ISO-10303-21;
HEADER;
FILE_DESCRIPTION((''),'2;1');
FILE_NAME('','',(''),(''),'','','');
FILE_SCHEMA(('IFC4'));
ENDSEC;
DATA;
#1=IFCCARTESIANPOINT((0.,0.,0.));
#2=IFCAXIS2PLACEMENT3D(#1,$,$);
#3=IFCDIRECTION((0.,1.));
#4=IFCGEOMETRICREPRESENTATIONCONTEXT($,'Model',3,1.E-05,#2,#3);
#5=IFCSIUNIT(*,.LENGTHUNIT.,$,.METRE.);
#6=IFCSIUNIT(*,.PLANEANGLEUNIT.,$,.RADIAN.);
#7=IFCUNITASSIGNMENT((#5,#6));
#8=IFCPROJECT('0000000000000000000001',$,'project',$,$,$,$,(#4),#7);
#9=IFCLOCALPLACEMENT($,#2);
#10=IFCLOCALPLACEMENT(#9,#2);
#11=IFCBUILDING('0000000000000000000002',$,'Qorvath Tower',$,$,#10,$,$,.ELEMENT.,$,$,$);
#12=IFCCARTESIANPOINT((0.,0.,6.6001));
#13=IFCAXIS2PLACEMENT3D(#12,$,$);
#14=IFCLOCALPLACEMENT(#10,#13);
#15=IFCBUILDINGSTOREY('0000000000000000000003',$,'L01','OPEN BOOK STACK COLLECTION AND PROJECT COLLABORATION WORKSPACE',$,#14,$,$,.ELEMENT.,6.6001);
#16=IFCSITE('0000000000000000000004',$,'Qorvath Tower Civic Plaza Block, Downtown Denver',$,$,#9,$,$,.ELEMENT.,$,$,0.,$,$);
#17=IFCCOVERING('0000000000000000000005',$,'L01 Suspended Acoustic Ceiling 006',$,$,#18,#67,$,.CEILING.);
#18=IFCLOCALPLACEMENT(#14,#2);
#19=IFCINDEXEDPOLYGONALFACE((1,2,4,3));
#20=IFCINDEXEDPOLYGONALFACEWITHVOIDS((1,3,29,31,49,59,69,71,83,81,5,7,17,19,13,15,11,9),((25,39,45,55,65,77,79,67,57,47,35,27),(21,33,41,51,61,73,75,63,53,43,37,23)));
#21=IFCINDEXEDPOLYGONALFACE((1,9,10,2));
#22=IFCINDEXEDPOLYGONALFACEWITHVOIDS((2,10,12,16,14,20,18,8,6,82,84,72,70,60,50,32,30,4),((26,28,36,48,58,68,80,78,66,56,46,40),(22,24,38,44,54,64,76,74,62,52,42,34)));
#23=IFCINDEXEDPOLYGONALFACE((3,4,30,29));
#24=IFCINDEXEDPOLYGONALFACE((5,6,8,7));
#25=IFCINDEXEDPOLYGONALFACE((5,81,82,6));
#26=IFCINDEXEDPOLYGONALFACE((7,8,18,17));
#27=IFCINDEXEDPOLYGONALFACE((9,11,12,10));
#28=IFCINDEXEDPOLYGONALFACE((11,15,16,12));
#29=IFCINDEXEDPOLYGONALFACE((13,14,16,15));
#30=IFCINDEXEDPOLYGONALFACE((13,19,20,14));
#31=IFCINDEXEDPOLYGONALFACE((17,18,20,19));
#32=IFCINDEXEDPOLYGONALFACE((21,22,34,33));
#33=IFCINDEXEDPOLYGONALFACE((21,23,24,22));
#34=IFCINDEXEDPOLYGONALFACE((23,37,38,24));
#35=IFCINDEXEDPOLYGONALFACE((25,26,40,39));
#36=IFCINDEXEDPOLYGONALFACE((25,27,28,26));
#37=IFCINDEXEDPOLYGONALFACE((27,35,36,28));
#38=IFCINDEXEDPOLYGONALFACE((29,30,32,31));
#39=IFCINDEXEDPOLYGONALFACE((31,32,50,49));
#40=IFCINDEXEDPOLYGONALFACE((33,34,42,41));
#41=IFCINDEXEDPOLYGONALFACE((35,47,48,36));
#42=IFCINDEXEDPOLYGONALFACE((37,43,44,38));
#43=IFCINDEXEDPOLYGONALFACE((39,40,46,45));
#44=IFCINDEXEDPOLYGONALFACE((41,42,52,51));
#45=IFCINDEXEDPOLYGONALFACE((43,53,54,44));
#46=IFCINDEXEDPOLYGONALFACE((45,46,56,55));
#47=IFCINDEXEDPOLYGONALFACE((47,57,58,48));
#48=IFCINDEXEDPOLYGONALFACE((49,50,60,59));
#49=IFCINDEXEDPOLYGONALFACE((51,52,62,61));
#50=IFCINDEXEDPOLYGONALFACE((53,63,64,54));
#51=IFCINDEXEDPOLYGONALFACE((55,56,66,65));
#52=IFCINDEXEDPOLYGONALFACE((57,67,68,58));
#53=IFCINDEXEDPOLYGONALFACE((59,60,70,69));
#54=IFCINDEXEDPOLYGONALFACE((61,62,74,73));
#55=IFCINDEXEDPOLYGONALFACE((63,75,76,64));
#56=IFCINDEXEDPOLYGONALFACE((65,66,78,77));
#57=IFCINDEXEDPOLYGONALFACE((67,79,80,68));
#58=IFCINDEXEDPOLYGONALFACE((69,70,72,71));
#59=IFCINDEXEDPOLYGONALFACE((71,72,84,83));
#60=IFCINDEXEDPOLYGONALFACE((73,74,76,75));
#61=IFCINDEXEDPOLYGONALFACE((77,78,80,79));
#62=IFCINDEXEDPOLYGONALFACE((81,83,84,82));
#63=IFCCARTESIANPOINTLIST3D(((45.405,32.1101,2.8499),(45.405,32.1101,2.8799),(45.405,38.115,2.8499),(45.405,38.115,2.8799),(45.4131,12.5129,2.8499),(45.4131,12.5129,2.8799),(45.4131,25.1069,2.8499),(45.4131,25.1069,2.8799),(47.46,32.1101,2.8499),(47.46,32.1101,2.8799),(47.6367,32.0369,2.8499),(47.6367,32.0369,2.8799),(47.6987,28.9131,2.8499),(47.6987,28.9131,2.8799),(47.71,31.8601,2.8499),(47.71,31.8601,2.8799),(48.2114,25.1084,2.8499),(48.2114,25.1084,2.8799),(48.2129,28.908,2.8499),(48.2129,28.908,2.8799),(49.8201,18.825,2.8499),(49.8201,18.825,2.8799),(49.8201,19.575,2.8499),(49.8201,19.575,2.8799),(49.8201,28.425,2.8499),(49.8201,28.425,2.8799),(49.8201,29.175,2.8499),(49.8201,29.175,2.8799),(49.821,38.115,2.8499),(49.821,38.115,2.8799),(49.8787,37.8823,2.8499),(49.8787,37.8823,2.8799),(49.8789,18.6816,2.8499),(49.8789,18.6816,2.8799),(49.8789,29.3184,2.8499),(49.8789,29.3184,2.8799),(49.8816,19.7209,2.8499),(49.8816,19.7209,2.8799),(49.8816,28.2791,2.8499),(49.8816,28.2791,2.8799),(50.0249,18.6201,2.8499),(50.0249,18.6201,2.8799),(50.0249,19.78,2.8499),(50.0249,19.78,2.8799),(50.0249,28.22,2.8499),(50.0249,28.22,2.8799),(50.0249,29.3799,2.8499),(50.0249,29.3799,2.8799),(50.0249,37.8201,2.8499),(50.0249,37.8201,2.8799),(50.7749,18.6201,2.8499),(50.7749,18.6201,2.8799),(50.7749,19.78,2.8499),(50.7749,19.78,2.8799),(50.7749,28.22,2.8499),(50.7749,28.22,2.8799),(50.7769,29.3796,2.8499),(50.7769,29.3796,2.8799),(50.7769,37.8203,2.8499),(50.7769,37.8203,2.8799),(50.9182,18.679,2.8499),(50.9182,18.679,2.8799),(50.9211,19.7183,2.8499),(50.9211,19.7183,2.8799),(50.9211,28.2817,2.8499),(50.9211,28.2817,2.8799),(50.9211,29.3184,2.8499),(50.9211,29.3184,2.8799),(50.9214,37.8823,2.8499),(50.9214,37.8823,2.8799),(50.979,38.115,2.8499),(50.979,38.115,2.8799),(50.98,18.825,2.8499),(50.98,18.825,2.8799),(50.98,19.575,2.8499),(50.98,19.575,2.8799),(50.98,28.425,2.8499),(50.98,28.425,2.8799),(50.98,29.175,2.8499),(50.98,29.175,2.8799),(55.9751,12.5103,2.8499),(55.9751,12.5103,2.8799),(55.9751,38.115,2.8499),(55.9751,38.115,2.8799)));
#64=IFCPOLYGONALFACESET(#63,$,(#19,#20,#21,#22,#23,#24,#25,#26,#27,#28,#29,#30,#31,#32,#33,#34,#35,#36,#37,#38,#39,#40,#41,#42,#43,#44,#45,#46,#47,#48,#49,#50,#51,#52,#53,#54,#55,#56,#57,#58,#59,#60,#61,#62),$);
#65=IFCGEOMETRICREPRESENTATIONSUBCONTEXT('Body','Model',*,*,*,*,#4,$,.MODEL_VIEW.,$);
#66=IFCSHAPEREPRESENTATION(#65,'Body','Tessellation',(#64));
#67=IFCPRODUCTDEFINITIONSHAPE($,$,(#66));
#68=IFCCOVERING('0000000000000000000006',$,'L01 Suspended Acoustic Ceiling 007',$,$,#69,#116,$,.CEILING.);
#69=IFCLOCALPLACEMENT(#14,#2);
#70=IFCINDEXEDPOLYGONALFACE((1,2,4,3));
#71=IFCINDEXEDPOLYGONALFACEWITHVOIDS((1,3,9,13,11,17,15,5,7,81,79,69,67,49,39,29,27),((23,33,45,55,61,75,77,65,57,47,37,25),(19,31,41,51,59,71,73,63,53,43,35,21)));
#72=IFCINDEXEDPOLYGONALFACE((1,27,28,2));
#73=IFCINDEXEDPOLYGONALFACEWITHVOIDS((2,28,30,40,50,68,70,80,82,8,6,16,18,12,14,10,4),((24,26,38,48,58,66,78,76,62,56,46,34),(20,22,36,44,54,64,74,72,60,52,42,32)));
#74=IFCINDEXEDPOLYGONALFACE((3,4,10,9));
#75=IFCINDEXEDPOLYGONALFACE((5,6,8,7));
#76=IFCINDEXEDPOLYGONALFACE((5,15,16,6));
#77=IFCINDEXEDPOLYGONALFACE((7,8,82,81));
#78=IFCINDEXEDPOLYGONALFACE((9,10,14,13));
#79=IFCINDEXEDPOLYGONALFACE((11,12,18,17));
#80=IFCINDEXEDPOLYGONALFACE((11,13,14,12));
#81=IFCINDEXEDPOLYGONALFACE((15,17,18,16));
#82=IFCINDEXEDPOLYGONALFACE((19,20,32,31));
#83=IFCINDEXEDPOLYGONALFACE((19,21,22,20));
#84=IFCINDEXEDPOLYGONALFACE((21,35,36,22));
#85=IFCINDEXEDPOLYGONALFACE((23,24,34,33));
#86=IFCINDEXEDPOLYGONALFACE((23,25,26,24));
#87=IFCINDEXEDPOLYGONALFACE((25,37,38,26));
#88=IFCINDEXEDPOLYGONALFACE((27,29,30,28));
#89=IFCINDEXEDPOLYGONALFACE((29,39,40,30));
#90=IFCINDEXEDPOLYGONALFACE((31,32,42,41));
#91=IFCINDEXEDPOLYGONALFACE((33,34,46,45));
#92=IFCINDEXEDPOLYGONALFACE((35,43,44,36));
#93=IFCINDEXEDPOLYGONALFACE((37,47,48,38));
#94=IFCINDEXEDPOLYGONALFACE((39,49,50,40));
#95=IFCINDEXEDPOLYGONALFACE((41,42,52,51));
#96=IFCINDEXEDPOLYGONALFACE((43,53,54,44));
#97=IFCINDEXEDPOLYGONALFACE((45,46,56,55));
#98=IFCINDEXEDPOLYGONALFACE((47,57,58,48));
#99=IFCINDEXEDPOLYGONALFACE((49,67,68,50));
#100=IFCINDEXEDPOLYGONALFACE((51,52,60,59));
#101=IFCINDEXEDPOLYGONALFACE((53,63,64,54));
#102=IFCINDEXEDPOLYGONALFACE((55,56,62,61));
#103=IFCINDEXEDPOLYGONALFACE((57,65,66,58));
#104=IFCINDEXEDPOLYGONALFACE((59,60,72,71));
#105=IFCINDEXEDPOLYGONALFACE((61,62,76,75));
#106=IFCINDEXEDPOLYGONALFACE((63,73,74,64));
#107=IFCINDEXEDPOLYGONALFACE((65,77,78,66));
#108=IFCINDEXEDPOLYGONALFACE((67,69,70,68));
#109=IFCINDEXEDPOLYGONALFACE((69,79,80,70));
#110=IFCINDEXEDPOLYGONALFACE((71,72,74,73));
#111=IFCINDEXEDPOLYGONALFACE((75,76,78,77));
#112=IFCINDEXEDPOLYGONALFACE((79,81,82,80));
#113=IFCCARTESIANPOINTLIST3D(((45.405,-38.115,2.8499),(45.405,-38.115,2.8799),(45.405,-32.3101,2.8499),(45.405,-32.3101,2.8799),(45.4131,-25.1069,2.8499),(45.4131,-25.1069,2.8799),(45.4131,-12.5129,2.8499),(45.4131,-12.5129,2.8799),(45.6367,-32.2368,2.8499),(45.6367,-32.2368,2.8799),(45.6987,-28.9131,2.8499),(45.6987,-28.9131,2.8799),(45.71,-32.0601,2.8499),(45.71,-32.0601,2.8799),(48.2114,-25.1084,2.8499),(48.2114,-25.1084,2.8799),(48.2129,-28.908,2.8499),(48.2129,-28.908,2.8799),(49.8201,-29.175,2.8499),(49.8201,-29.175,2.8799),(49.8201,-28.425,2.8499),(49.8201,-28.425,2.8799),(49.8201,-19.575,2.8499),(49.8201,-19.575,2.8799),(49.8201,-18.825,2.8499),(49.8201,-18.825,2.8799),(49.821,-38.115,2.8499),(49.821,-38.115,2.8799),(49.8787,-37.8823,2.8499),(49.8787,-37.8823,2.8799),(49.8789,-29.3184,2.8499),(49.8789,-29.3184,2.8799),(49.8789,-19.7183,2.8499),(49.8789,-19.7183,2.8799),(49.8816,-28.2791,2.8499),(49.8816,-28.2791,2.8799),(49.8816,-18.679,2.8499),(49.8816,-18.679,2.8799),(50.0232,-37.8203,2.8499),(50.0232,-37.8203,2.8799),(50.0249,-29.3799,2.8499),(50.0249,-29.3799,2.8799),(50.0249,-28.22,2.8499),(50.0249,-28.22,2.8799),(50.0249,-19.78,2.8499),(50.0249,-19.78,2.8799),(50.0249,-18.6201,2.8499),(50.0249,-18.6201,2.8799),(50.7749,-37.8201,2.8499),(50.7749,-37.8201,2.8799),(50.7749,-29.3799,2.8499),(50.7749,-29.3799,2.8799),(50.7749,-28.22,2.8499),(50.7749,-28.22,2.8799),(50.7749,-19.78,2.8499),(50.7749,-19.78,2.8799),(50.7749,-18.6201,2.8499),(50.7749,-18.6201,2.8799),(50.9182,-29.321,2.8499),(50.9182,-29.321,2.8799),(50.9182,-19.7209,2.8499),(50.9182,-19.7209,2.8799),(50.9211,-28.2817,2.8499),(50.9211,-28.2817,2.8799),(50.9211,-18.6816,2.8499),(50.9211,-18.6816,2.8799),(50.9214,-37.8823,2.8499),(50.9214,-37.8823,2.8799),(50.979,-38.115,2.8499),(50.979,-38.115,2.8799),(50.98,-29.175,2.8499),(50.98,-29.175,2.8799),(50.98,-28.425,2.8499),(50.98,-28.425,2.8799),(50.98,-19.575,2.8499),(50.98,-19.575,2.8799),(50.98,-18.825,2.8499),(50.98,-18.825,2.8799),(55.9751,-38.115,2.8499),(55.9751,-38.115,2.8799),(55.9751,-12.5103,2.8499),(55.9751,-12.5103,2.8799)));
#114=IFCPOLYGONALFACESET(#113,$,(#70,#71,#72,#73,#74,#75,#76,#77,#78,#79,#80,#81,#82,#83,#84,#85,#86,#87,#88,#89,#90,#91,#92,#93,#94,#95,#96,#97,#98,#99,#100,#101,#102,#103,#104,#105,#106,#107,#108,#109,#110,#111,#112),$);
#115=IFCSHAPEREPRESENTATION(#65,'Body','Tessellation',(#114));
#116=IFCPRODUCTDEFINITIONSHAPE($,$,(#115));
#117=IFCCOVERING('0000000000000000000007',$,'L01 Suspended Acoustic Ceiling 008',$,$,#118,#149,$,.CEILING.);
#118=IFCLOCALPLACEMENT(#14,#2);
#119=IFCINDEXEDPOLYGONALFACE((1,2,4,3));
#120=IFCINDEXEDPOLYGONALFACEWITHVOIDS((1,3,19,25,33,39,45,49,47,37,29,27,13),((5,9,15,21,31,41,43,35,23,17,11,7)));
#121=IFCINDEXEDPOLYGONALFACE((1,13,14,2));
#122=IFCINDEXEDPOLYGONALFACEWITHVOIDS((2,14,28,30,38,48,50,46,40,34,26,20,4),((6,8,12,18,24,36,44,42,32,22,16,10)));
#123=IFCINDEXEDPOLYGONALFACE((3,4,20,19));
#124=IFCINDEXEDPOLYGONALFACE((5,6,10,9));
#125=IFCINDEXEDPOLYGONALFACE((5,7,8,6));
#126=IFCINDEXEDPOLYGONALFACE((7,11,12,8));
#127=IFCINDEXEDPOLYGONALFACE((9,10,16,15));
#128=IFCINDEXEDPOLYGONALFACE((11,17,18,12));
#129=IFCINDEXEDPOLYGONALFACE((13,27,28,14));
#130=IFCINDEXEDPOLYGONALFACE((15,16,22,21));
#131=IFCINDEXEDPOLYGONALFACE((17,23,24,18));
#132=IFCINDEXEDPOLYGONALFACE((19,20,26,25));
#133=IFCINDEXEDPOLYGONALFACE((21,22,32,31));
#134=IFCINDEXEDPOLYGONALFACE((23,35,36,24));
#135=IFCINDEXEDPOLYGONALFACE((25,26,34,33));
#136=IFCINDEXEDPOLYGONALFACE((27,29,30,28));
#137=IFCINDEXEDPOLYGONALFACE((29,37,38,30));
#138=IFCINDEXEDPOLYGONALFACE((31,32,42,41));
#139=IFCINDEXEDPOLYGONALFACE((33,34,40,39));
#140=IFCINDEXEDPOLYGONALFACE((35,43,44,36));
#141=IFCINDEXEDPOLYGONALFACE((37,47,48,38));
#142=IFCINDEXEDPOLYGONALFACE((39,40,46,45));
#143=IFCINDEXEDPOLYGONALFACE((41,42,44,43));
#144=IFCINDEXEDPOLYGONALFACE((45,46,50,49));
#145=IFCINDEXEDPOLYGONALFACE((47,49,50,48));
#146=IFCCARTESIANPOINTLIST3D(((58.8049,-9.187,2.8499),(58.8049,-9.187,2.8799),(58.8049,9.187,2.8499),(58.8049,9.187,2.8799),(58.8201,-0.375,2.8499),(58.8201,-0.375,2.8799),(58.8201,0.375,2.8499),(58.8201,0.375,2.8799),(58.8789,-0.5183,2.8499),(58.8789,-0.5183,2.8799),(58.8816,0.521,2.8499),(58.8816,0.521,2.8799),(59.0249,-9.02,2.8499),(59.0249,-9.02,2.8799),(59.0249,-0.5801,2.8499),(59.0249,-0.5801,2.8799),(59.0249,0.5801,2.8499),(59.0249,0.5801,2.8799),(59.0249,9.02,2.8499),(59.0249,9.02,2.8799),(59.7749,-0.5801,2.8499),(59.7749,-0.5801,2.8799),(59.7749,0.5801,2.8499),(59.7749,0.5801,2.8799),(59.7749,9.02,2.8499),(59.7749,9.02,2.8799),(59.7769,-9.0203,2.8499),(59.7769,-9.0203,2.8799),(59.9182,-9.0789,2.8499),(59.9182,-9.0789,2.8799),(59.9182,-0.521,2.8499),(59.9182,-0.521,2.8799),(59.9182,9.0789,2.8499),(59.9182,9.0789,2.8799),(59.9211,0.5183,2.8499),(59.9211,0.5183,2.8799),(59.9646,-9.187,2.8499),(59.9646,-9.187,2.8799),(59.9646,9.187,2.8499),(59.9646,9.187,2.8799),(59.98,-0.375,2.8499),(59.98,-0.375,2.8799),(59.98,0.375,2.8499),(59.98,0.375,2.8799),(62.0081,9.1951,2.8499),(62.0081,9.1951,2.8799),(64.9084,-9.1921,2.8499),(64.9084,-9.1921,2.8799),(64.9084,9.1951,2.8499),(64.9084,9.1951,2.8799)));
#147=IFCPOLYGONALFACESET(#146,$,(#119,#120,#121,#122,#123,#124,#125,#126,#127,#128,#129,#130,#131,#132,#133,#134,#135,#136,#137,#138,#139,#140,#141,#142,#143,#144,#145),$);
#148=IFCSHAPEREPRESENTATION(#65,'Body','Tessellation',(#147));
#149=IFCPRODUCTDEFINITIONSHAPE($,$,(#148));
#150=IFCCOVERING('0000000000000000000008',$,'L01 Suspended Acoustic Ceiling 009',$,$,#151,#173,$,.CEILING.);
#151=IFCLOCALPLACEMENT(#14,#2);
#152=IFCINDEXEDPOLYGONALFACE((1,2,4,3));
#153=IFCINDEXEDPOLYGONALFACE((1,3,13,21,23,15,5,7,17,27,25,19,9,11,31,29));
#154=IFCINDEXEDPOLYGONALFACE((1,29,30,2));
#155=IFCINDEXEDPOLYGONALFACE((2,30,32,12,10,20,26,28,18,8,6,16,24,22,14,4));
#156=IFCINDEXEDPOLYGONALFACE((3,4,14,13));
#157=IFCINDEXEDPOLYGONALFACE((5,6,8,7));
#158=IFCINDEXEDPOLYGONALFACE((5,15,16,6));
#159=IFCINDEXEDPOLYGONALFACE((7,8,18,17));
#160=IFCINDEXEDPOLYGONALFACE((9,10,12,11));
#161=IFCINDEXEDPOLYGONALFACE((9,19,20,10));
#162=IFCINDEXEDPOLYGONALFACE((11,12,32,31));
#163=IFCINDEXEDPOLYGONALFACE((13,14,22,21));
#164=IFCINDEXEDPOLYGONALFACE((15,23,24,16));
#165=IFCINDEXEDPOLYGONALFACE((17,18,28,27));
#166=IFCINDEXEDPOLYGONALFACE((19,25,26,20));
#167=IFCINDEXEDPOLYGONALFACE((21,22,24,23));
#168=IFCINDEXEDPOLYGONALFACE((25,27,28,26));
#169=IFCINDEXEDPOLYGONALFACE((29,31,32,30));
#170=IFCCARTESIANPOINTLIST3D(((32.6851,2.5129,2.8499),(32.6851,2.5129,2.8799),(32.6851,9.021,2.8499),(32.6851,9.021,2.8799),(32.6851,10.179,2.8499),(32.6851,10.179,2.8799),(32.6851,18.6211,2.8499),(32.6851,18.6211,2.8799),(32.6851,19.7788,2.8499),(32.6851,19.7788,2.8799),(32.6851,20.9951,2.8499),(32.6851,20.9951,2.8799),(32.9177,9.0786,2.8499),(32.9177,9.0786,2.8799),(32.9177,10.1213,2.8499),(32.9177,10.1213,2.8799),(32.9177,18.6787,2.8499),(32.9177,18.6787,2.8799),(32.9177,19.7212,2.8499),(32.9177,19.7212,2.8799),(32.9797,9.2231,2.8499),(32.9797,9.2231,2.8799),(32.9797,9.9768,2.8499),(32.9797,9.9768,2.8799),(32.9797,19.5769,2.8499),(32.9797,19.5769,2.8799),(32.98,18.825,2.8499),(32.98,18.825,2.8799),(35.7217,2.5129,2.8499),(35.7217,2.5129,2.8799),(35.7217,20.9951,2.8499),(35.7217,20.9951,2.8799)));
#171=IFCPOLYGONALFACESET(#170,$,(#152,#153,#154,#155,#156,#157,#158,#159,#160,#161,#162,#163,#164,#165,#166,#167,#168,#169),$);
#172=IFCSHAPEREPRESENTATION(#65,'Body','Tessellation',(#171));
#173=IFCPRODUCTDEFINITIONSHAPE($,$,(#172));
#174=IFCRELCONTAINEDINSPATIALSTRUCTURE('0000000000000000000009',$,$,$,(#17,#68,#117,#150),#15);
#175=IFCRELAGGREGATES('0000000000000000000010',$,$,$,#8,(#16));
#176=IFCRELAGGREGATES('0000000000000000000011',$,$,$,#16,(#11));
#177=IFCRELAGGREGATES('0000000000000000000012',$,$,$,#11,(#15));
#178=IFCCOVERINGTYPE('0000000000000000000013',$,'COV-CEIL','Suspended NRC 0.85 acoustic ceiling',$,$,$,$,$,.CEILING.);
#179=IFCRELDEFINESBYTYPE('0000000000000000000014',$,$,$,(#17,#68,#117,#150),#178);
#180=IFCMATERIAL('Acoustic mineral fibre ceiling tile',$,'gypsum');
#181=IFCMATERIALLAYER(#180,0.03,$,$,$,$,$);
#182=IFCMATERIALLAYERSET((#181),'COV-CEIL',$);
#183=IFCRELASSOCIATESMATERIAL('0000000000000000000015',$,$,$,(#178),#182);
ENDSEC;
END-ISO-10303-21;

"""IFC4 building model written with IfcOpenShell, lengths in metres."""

from ifc_helpers import new_model, si_unit, direction, frame, origin, place, context, subcontext, project, spatial, polyline, outline, extrude, material, layer, layer_set, type_object, element, save


model = new_model("IFC4")

# Units and contexts
model_context = context("Model", 3, precision=1e-05, world=origin(), true_north=direction((0.0, 1.0)))
body_context = subcontext(model_context, "Body", "Model", "MODEL_VIEW")
ifc_project = project(units=[si_unit("LENGTHUNIT", "METRE"), si_unit("PLANEANGLEUNIT", "RADIAN")], contexts=[model_context])

# Site, building, storey
site_placement = place(None, origin())
site = spatial("IfcSite", under=ifc_project, at=site_placement, Name="Qorvath Tower Civic Plaza Block, Downtown Denver", CompositionType="ELEMENT", RefElevation=0.0)
building_placement = place(site_placement, origin())
building = spatial("IfcBuilding", under=site, at=building_placement, Name="Qorvath Tower", CompositionType="ELEMENT")
storey_placement = place(building_placement, frame((0.0, 0.0, 6.6001)))
storey = spatial("IfcBuildingStorey", under=building, at=storey_placement, Name="L01", Description="OPEN BOOK STACK COLLECTION AND PROJECT COLLABORATION WORKSPACE", CompositionType="ELEMENT", Elevation=6.6001)

# Coverings
ifc_material_1 = material(Name="Acoustic mineral fibre ceiling tile", Category="gypsum")
ifc_layer_1 = layer(ifc_material_1, 0.03)
ifc_layer_set_1 = layer_set([ifc_layer_1], Name="COV-CEIL")
covering_type_1 = type_object("IfcCoveringType", Name="COV-CEIL", Description="Suspended NRC 0.85 acoustic ceiling", PredefinedType="CEILING", material=ifc_layer_set_1)
covering_1_placement = place(storey_placement, frame((0.0, 0.0, 2.8499)))
element("IfcCovering", 1, at=covering_1_placement, inside=storey, type_object=covering_type_1, Name="L01 Suspended Acoustic Ceiling 006", PredefinedType="CEILING", context=body_context, shape_type="SweptSolid", body=[
    extrude(outline(polyline([(45.405, 38.115), (45.405, 32.1101), (47.46, 32.1101), (47.6367, 32.0369), (47.71, 31.8601), (47.6987, 28.9131), (48.2129, 28.908), (48.2114, 25.1084), (45.4131, 25.1069), (45.4131, 12.5129), (55.9751, 12.5103), (55.9751, 38.115), (50.979, 38.115), (50.9214, 37.8823), (50.7769, 37.8203), (50.0249, 37.8201), (49.8787, 37.8823), (49.821, 38.115), (45.405, 38.115)]), holes=[polyline([(50.7769, 29.3796), (50.9211, 29.3184), (50.98, 29.175), (50.98, 28.425), (50.9211, 28.2817), (50.7749, 28.22), (50.0249, 28.22), (49.8816, 28.2791), (49.8201, 28.425), (49.8201, 29.175), (49.8789, 29.3184), (50.0249, 29.3799), (50.7769, 29.3796)]), polyline([(50.9211, 19.7183), (50.98, 19.575), (50.98, 18.825), (50.9182, 18.679), (50.7749, 18.6201), (50.0249, 18.6201), (49.8789, 18.6816), (49.8201, 18.825), (49.8201, 19.575), (49.8816, 19.7209), (50.0249, 19.78), (50.7749, 19.78), (50.9211, 19.7183)])]), origin(), (0.0, 0.0, 1.0), 0.03),
])
covering_2_placement = place(storey_placement, frame((0.0, 0.0, 2.8499)))
element("IfcCovering", 2, at=covering_2_placement, inside=storey, type_object=covering_type_1, Name="L01 Suspended Acoustic Ceiling 007", PredefinedType="CEILING", context=body_context, shape_type="SweptSolid", body=[
    extrude(outline(polyline([(55.9751, -38.115), (55.9751, -12.5103), (45.4131, -12.5129), (45.4131, -25.1069), (48.2114, -25.1084), (48.2129, -28.908), (45.6987, -28.9131), (45.71, -32.0601), (45.6367, -32.2368), (45.405, -32.3101), (45.405, -38.115), (49.821, -38.115), (49.8787, -37.8823), (50.0232, -37.8203), (50.7749, -37.8201), (50.9214, -37.8823), (50.979, -38.115), (55.9751, -38.115)]), holes=[polyline([(50.9211, -28.2817), (50.98, -28.425), (50.98, -29.175), (50.9182, -29.321), (50.7749, -29.3799), (50.0249, -29.3799), (49.8789, -29.3184), (49.8201, -29.175), (49.8201, -28.425), (49.8816, -28.2791), (50.0249, -28.22), (50.7749, -28.22), (50.9211, -28.2817)]), polyline([(50.9211, -18.6816), (50.98, -18.825), (50.98, -19.575), (50.9182, -19.7209), (50.7749, -19.78), (50.0249, -19.78), (49.8789, -19.7183), (49.8201, -19.575), (49.8201, -18.825), (49.8816, -18.679), (50.0249, -18.6201), (50.7749, -18.6201), (50.9211, -18.6816)])]), origin(), (0.0, 0.0, 1.0), 0.03),
])
covering_3_placement = place(storey_placement, frame((0.0, 0.0, 2.8499)))
element("IfcCovering", 3, at=covering_3_placement, inside=storey, type_object=covering_type_1, Name="L01 Suspended Acoustic Ceiling 008", PredefinedType="CEILING", context=body_context, shape_type="SweptSolid", body=[
    extrude(outline(polyline([(59.7769, -9.0203), (59.9182, -9.0789), (59.9646, -9.187), (64.9084, -9.1921), (64.9084, 9.1951), (62.0081, 9.1951), (59.9646, 9.187), (59.9182, 9.0789), (59.7749, 9.02), (59.0249, 9.02), (58.8049, 9.187), (58.8049, -9.187), (59.0249, -9.02), (59.7769, -9.0203)]), holes=[polyline([(59.9211, 0.5183), (59.98, 0.375), (59.98, -0.375), (59.9182, -0.521), (59.7749, -0.5801), (59.0249, -0.5801), (58.8789, -0.5183), (58.8201, -0.375), (58.8201, 0.375), (58.8816, 0.521), (59.0249, 0.5801), (59.7749, 0.5801), (59.9211, 0.5183)])]), origin(), (0.0, 0.0, 1.0), 0.03),
])
covering_4_placement = place(storey_placement, frame((0.0, 0.0, 2.8499)))
element("IfcCovering", 4, at=covering_4_placement, inside=storey, type_object=covering_type_1, Name="L01 Suspended Acoustic Ceiling 009", PredefinedType="CEILING", context=body_context, shape_type="SweptSolid", body=[
    extrude(outline(polyline([(32.9797, 9.2231), (32.9177, 9.0786), (32.6851, 9.021), (32.6851, 2.5129), (35.7217, 2.5129), (35.7217, 20.9951), (32.6851, 20.9951), (32.6851, 19.7788), (32.9177, 19.7212), (32.9797, 19.5769), (32.98, 18.825), (32.9177, 18.6787), (32.6851, 18.6211), (32.6851, 10.179), (32.9177, 10.1213), (32.9797, 9.9768), (32.9797, 9.2231)])), origin(), (0.0, 0.0, 1.0), 0.03),
])

save(model, "model.ifc")
